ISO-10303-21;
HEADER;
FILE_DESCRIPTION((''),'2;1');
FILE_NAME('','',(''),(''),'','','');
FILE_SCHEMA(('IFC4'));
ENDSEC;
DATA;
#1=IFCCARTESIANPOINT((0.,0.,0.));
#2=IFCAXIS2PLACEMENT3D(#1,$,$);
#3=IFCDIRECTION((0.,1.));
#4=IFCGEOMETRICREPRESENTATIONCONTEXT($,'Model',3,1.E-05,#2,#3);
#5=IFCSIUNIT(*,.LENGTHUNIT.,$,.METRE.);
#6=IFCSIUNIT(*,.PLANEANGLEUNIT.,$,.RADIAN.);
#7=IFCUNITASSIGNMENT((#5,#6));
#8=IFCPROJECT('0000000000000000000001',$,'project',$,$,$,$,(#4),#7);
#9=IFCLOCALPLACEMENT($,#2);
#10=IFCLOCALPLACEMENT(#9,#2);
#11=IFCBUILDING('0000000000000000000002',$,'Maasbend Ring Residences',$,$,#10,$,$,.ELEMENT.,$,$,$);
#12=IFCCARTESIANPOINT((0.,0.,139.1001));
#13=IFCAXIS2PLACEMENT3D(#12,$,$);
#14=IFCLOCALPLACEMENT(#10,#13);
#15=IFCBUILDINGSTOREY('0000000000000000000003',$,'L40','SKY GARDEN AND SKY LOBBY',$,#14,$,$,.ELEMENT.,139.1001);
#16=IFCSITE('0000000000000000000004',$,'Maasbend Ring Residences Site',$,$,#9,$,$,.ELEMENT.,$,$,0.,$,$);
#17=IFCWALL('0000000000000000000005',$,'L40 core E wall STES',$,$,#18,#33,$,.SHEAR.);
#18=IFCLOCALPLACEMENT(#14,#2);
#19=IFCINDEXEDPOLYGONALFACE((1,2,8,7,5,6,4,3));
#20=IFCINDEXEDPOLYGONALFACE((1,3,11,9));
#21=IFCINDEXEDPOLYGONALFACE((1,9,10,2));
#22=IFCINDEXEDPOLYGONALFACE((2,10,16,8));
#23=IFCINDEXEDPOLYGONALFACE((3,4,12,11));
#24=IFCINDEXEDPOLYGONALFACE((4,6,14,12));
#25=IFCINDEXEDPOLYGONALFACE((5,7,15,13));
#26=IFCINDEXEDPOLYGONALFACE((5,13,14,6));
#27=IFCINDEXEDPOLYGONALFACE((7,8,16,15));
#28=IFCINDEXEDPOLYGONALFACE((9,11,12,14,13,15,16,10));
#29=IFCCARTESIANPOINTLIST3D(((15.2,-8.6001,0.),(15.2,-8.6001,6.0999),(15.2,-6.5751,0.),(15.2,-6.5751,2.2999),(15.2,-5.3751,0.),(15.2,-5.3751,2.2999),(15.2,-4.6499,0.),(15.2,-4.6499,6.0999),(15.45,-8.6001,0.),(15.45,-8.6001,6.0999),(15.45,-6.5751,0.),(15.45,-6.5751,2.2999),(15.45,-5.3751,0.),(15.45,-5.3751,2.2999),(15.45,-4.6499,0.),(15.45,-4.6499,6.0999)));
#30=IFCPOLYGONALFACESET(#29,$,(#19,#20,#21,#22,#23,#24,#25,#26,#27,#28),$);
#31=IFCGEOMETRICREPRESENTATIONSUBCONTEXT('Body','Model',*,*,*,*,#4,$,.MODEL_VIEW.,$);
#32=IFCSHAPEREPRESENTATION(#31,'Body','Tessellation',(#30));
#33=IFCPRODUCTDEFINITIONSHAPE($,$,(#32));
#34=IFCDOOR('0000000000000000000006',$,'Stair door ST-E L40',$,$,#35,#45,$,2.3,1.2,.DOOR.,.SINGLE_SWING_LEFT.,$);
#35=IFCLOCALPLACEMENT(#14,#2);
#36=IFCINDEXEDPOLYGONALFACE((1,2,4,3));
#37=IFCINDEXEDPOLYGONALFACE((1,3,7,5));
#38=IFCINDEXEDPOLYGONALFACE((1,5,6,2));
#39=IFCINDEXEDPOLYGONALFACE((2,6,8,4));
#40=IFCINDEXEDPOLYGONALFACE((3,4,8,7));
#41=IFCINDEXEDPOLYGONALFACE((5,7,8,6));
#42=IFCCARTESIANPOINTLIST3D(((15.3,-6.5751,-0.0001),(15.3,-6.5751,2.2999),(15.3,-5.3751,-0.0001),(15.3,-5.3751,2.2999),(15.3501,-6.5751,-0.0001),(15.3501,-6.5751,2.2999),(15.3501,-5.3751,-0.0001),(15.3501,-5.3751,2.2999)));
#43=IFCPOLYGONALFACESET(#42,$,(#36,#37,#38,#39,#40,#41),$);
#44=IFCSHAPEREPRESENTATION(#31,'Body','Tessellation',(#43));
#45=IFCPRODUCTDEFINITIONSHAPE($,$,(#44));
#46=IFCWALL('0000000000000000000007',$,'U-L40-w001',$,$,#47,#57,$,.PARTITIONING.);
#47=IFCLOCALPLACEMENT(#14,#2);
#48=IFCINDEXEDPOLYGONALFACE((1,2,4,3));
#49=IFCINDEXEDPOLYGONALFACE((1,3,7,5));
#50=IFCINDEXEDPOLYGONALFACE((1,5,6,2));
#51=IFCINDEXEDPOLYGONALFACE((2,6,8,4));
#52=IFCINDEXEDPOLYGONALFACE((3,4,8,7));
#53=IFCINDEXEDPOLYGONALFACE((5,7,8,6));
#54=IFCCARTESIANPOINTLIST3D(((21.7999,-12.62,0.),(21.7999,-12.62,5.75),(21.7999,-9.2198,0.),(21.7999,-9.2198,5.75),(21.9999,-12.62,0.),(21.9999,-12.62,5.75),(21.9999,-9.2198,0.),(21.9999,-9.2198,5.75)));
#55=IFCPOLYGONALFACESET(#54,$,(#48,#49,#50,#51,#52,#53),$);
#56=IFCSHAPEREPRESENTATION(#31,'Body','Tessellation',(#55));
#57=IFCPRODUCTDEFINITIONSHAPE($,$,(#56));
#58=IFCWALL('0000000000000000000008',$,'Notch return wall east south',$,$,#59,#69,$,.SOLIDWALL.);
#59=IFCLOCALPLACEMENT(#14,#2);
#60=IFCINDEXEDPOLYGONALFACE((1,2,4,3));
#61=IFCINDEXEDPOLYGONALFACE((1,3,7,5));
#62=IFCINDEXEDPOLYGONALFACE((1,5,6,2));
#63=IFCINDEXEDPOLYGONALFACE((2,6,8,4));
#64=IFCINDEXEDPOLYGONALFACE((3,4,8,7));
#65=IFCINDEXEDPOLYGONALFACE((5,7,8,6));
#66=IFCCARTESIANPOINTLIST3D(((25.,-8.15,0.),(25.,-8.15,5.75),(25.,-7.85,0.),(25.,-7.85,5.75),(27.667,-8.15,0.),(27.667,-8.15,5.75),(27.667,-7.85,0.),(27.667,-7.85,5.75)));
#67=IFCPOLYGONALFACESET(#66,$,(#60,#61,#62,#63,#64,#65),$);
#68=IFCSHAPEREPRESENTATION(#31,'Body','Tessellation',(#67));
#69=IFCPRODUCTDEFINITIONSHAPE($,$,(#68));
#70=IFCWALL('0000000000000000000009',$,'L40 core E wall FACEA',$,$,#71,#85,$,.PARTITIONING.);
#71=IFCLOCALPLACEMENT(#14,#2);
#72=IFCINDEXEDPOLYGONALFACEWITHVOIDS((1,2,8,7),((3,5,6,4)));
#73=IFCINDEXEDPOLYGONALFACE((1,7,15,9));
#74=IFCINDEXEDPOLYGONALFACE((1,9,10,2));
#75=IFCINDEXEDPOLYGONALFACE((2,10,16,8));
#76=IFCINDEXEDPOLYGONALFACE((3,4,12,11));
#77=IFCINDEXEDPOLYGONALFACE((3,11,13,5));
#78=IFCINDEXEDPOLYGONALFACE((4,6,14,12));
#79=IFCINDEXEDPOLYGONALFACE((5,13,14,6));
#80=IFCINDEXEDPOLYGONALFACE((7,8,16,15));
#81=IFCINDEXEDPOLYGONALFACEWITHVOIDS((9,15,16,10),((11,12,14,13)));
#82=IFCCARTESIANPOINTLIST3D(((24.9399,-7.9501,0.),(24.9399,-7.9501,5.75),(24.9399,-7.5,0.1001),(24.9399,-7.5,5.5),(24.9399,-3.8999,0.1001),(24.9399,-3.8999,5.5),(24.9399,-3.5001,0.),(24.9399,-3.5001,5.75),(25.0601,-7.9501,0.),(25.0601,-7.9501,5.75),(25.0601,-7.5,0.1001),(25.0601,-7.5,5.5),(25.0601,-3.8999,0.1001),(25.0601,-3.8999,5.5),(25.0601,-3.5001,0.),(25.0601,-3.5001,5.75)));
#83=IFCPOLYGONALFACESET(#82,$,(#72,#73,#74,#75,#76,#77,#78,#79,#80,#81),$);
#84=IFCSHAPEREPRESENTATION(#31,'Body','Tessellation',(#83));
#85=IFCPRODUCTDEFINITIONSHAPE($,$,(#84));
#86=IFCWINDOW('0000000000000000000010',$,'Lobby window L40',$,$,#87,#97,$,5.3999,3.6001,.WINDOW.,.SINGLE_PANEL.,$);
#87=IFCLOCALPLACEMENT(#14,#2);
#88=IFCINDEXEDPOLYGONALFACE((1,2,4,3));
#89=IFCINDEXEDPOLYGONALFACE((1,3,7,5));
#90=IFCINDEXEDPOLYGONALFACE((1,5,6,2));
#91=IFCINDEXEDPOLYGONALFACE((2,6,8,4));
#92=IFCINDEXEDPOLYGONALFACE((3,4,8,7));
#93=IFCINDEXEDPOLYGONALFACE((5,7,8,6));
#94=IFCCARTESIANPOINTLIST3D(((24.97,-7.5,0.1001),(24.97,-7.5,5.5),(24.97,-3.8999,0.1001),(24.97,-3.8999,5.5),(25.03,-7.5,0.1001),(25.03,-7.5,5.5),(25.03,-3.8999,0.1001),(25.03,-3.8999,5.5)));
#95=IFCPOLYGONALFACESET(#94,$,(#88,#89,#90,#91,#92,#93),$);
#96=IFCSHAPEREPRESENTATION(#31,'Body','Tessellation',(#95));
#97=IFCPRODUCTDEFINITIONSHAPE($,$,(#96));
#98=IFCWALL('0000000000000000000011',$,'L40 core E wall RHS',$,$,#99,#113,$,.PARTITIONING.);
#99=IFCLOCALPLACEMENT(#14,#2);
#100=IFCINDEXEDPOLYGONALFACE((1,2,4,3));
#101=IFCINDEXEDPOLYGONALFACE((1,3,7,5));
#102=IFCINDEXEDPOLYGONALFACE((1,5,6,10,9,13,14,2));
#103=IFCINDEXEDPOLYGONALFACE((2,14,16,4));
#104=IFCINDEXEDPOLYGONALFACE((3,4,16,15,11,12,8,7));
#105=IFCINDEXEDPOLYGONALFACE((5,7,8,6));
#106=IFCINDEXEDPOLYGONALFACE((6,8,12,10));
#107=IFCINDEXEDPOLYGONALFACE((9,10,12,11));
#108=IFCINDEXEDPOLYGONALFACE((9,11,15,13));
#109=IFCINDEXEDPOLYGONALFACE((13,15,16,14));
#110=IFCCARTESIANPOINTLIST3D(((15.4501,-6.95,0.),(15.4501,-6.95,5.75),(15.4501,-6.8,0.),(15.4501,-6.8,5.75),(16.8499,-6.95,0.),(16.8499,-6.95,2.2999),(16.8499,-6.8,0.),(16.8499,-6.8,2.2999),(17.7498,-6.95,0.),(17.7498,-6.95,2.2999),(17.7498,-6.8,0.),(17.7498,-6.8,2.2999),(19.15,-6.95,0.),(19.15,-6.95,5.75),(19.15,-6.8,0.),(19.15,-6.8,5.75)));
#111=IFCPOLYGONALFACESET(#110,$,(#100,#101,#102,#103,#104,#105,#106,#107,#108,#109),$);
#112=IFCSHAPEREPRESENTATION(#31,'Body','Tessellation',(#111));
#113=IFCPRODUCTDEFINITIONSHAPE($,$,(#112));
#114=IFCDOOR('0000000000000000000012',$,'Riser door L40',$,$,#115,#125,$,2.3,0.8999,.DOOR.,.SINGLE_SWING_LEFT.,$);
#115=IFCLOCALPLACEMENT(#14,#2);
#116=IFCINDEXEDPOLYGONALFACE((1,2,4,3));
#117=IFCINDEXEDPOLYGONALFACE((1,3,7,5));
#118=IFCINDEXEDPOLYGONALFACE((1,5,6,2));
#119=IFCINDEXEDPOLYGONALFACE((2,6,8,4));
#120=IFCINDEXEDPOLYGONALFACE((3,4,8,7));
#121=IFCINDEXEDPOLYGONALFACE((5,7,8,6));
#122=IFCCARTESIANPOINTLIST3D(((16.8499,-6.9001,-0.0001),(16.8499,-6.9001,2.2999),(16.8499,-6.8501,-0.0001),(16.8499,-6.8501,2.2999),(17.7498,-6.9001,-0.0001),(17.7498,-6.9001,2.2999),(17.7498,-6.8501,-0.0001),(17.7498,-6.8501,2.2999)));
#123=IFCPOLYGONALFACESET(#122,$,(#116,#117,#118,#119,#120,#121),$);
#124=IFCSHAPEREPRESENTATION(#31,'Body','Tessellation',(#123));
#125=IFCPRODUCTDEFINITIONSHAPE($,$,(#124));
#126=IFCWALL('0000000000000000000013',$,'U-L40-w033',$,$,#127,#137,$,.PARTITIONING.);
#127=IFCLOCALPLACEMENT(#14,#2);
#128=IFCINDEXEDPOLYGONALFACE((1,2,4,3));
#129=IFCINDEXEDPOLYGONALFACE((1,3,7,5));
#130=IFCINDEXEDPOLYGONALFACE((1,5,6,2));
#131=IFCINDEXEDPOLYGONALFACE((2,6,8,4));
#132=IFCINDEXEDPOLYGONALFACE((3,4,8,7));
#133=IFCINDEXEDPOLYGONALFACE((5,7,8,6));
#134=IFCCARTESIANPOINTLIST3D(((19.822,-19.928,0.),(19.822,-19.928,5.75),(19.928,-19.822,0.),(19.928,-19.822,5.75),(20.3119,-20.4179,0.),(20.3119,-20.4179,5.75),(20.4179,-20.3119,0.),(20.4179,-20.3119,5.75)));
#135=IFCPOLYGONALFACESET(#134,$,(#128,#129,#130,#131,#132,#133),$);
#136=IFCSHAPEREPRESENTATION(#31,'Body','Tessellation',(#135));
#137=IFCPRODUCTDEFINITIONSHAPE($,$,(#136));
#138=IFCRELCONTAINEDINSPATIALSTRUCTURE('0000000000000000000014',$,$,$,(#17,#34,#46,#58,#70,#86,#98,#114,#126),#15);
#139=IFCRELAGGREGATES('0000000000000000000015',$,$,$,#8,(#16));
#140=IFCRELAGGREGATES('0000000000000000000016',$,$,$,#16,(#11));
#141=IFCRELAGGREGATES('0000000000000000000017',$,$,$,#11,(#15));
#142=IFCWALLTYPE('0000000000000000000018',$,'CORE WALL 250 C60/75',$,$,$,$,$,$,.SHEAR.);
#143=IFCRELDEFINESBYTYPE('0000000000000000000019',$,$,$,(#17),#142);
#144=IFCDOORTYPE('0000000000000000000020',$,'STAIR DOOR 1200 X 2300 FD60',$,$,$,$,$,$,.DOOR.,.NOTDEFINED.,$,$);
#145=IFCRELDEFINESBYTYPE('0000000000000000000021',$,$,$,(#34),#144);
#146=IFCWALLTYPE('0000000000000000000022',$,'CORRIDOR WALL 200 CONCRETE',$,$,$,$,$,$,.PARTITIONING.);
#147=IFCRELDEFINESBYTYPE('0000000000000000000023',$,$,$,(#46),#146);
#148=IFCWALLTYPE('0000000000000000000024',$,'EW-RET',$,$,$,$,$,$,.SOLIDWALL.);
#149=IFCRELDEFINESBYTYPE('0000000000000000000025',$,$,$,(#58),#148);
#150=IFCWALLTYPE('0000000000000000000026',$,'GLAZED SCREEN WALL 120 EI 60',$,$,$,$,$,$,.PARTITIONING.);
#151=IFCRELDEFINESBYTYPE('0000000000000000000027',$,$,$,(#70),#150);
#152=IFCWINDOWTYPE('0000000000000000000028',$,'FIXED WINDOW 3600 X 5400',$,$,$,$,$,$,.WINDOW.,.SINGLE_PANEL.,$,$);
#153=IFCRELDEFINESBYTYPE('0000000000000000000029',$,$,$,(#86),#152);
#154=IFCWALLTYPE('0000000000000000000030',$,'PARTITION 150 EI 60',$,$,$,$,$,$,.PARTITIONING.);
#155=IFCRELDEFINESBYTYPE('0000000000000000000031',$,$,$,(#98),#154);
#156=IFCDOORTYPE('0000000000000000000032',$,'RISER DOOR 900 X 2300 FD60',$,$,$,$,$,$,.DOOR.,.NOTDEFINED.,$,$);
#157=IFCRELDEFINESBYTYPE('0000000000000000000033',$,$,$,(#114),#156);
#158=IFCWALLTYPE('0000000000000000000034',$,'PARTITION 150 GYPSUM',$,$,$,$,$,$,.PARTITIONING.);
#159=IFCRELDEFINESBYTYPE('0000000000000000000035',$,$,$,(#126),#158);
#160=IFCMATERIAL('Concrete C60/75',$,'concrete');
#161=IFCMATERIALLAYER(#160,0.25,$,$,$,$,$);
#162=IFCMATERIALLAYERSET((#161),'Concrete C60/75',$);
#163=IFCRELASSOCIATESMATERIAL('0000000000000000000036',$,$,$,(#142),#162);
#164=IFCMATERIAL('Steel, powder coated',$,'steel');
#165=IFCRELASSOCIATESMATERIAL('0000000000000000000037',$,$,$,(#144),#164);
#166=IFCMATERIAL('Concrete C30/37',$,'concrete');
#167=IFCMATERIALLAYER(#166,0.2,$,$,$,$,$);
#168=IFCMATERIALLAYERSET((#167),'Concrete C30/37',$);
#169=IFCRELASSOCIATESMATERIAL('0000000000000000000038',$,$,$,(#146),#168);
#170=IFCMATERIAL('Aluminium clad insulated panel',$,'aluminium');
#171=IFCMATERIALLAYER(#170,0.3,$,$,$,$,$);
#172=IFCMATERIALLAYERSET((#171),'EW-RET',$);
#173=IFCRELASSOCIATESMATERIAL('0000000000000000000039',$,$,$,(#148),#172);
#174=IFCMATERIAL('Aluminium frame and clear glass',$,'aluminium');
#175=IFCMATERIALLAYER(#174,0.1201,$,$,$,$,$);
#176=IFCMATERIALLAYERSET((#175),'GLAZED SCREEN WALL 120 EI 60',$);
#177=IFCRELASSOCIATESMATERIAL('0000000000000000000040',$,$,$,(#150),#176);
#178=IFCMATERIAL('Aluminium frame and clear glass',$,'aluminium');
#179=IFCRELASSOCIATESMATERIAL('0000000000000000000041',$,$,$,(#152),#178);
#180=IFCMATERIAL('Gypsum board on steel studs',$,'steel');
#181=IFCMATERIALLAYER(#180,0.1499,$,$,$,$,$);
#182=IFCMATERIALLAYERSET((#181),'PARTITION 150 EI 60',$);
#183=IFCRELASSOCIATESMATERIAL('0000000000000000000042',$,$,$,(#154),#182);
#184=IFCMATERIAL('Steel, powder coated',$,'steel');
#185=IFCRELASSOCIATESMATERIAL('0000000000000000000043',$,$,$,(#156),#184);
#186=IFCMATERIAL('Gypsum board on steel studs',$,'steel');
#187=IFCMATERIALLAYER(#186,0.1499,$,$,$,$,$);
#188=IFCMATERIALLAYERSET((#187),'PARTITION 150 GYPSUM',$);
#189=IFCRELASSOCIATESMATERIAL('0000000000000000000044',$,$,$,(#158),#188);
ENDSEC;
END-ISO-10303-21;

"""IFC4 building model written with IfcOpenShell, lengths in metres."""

from ifc_helpers import new_model, si_unit, direction, frame, frame_2d, origin, place, context, subcontext, project, spatial, rectangle, extrude, material, layer, layer_set, type_object, element, fill, save


model = new_model("IFC4")

# Units and contexts
model_context = context("Model", 3, precision=1e-05, world=origin(), true_north=direction((0.0, 1.0)))
body_context = subcontext(model_context, "Body", "Model", "MODEL_VIEW")
ifc_project = project(units=[si_unit("LENGTHUNIT", "METRE"), si_unit("PLANEANGLEUNIT", "RADIAN")], contexts=[model_context])

# Site, building, storey
site_placement = place(None, origin())
site = spatial("IfcSite", under=ifc_project, at=site_placement, Name="Maasbend Ring Residences Site", CompositionType="ELEMENT", RefElevation=0.0)
building_placement = place(site_placement, origin())
building = spatial("IfcBuilding", under=site, at=building_placement, Name="Maasbend Ring Residences", CompositionType="ELEMENT")
storey_placement = place(building_placement, frame((0.0, 0.0, 139.1001)))
storey = spatial("IfcBuildingStorey", under=building, at=storey_placement, Name="L40", Description="SKY GARDEN AND SKY LOBBY", CompositionType="ELEMENT", Elevation=139.1001)

# Wall, opening, door
ifc_material_1 = material(Name="Concrete C60/75", Category="concrete")
ifc_layer_1 = layer(ifc_material_1, 0.25)
ifc_layer_set_1 = layer_set([ifc_layer_1], Name="Concrete C60/75")
wall_type_1 = type_object("IfcWallType", Name="CORE WALL 250 C60/75", PredefinedType="SHEAR", material=ifc_layer_set_1)
wall_1_placement = place(storey_placement, frame((15.325, -8.6001, 0.0), z_axis=(0.0, 0.0, 1.0), x_axis=(0.0, 1.0, 0.0)))
wall_1 = element("IfcWall", 1, at=wall_1_placement, inside=storey, type_object=wall_type_1, Name="L40 core E wall STES", PredefinedType="SHEAR", context=body_context, shape_type="SweptSolid", body=[
    extrude(rectangle(XDim=3.9502, YDim=0.25, at=frame_2d((1.9751, 0.0))), origin(), (0.0, 0.0, 1.0), 6.0999),
])
opening_1_placement = place(wall_1_placement, frame((2.0249, 0.0, 0.0)))
opening_1 = element("IfcOpeningElement", 2, at=opening_1_placement, cuts=wall_1, PredefinedType="OPENING", context=body_context, shape_type="SweptSolid", body=[
    extrude(rectangle(XDim=1.2, YDim=2.3, at=frame_2d((0.6001, 1.1499))), frame((0.0, 0.135, 0.0), z_axis=(0.0, -1.0, 0.0), x_axis=(1.0, 0.0, 0.0)), (0.0, 0.0, 1.0), 0.27),
])
ifc_material_2 = material(Name="Steel, powder coated", Category="steel")
door_type_1 = type_object("IfcDoorType", Name="STAIR DOOR 1200 X 2300 FD60", OperationType="NOTDEFINED", PredefinedType="DOOR", material=ifc_material_2)
door_1_placement = place(opening_1_placement, origin())
door_1 = element("IfcDoor", 3, at=door_1_placement, inside=storey, type_object=door_type_1, Name="Stair door ST-E L40", OperationType="SINGLE_SWING_LEFT", OverallHeight=2.3, OverallWidth=1.2, PredefinedType="DOOR", context=body_context, shape_type="SweptSolid", body=[
    extrude(rectangle(XDim=1.2, YDim=2.3, at=frame_2d((0.6001, 1.1499))), frame((0.0, 0.0249, 0.0), z_axis=(0.0, -1.0, 0.0), x_axis=(1.0, 0.0, 0.0)), (0.0, 0.0, 1.0), 0.05),
])
fill(opening_1, door_1)

# Walls
ifc_material_3 = material(Name="Concrete C30/37", Category="concrete")
ifc_layer_2 = layer(ifc_material_3, 0.2)
ifc_layer_set_2 = layer_set([ifc_layer_2], Name="Concrete C30/37")
wall_type_2 = type_object("IfcWallType", Name="CORRIDOR WALL 200 CONCRETE", PredefinedType="PARTITIONING", material=ifc_layer_set_2)
wall_2_placement = place(storey_placement, frame((21.8999, -12.6201, 0.0), z_axis=(0.0, 0.0, 1.0), x_axis=(0.0, 1.0, 0.0)))
element("IfcWall", 4, at=wall_2_placement, inside=storey, type_object=wall_type_2, Name="U-L40-w001", PredefinedType="PARTITIONING", context=body_context, shape_type="SweptSolid", body=[
    extrude(rectangle(XDim=3.4001, YDim=0.2, at=frame_2d((1.7002, 0.0))), origin(), (0.0, 0.0, 1.0), 5.75),
])
ifc_material_4 = material(Name="Aluminium clad insulated panel", Category="aluminium")
ifc_layer_3 = layer(ifc_material_4, 0.3)
ifc_layer_set_3 = layer_set([ifc_layer_3], Name="EW-RET")
wall_type_3 = type_object("IfcWallType", Name="EW-RET", PredefinedType="SOLIDWALL", material=ifc_layer_set_3)
wall_3_placement = place(storey_placement, frame((25.0, -8.0, 0.0), z_axis=(0.0, 0.0, 1.0), x_axis=(1.0, 0.0, 0.0)))
element("IfcWall", 5, at=wall_3_placement, inside=storey, type_object=wall_type_3, Name="Notch return wall east south", PredefinedType="SOLIDWALL", context=body_context, shape_type="SweptSolid", body=[
    extrude(rectangle(XDim=2.667, YDim=0.3, at=frame_2d((1.3335, 0.0))), origin(), (0.0, 0.0, 1.0), 5.75),
])

# Wall, opening, window
ifc_material_5 = material(Name="Aluminium frame and clear glass", Category="aluminium")
ifc_layer_4 = layer(ifc_material_5, 0.1201)
ifc_layer_set_4 = layer_set([ifc_layer_4], Name="GLAZED SCREEN WALL 120 EI 60")
wall_type_4 = type_object("IfcWallType", Name="GLAZED SCREEN WALL 120 EI 60", PredefinedType="PARTITIONING", material=ifc_layer_set_4)
wall_4_placement = place(storey_placement, frame((25.0, -3.5, 0.0), z_axis=(0.0, 0.0, 1.0), x_axis=(0.0, -1.0, 0.0)))
wall_4 = element("IfcWall", 6, at=wall_4_placement, inside=storey, type_object=wall_type_4, Name="L40 core E wall FACEA", PredefinedType="PARTITIONING", context=body_context, shape_type="SweptSolid", body=[
    extrude(rectangle(XDim=4.45, YDim=0.1201, at=frame_2d((2.2251, 0.0))), origin(), (0.0, 0.0, 1.0), 5.75),
])
opening_2_placement = place(wall_4_placement, frame((0.3999, 0.0, 0.1001)))
opening_2 = element("IfcOpeningElement", 7, at=opening_2_placement, cuts=wall_4, PredefinedType="OPENING", context=body_context, shape_type="SweptSolid", body=[
    extrude(rectangle(XDim=3.6001, YDim=5.3999, at=frame_2d((1.8, 2.7))), frame((0.0, 0.0701, 0.0), z_axis=(0.0, -1.0, 0.0), x_axis=(1.0, 0.0, 0.0)), (0.0, 0.0, 1.0), 0.1401),
])
ifc_material_6 = material(Name="Aluminium frame and clear glass", Category="aluminium")
window_type = type_object("IfcWindowType", Name="FIXED WINDOW 3600 X 5400", PartitioningType="SINGLE_PANEL", PredefinedType="WINDOW", material=ifc_material_6)
window_placement = place(opening_2_placement, origin())
window = element("IfcWindow", 8, at=window_placement, inside=storey, type_object=window_type, Name="Lobby window L40", OverallHeight=5.3999, OverallWidth=3.6001, PartitioningType="SINGLE_PANEL", PredefinedType="WINDOW", context=body_context, shape_type="SweptSolid", body=[
    extrude(rectangle(XDim=3.6001, YDim=5.3999, at=frame_2d((1.8, 2.7))), frame((0.0, 0.03, 0.0), z_axis=(0.0, -1.0, 0.0), x_axis=(1.0, 0.0, 0.0)), (0.0, 0.0, 1.0), 0.0601),
])
fill(opening_2, window)

# Wall, opening, door
ifc_material_7 = material(Name="Gypsum board on steel studs", Category="steel")
ifc_layer_5 = layer(ifc_material_7, 0.1499)
ifc_layer_set_5 = layer_set([ifc_layer_5], Name="PARTITION 150 EI 60")
wall_type_5 = type_object("IfcWallType", Name="PARTITION 150 EI 60", PredefinedType="PARTITIONING", material=ifc_layer_set_5)
wall_5_placement = place(storey_placement, frame((15.45, -6.875, 0.0), z_axis=(0.0, 0.0, 1.0), x_axis=(1.0, 0.0, 0.0)))
wall_5 = element("IfcWall", 9, at=wall_5_placement, inside=storey, type_object=wall_type_5, Name="L40 core E wall RHS", PredefinedType="PARTITIONING", context=body_context, shape_type="SweptSolid", body=[
    extrude(rectangle(XDim=3.7, YDim=0.1499, at=frame_2d((1.8501, 0.0))), origin(), (0.0, 0.0, 1.0), 5.75),
])
opening_3_placement = place(wall_5_placement, frame((1.3999, 0.0, 0.0)))
opening_3 = element("IfcOpeningElement", 10, at=opening_3_placement, cuts=wall_5, PredefinedType="OPENING", context=body_context, shape_type="SweptSolid", body=[
    extrude(rectangle(XDim=0.8999, YDim=2.3, at=frame_2d((0.45, 1.1499))), frame((0.0, 0.085, 0.0), z_axis=(0.0, -1.0, 0.0), x_axis=(1.0, 0.0, 0.0)), (0.0, 0.0, 1.0), 0.1699),
])
ifc_material_8 = material(Name="Steel, powder coated", Category="steel")
door_type_2 = type_object("IfcDoorType", Name="RISER DOOR 900 X 2300 FD60", OperationType="NOTDEFINED", PredefinedType="DOOR", material=ifc_material_8)
door_2_placement = place(opening_3_placement, origin())
door_2 = element("IfcDoor", 11, at=door_2_placement, inside=storey, type_object=door_type_2, Name="Riser door L40", OperationType="SINGLE_SWING_LEFT", OverallHeight=2.3, OverallWidth=0.8999, PredefinedType="DOOR", context=body_context, shape_type="SweptSolid", body=[
    extrude(rectangle(XDim=0.8999, YDim=2.3, at=frame_2d((0.45, 1.1499))), frame((0.0, 0.0249, 0.0), z_axis=(0.0, -1.0, 0.0), x_axis=(1.0, 0.0, 0.0)), (0.0, 0.0, 1.0), 0.05),
])
fill(opening_3, door_2)

# Wall
ifc_material_9 = material(Name="Gypsum board on steel studs", Category="steel")
ifc_layer_6 = layer(ifc_material_9, 0.1499)
ifc_layer_set_6 = layer_set([ifc_layer_6], Name="PARTITION 150 GYPSUM")
wall_type_6 = type_object("IfcWallType", Name="PARTITION 150 GYPSUM", PredefinedType="PARTITIONING", material=ifc_layer_set_6)
wall_6_placement = place(storey_placement, frame((19.875, -19.875, 0.0), z_axis=(0.0, 0.0, 1.0), x_axis=(0.707107, -0.707107, 0.0)))
element("IfcWall", 12, at=wall_6_placement, inside=storey, type_object=wall_type_6, Name="U-L40-w033", PredefinedType="PARTITIONING", context=body_context, shape_type="SweptSolid", body=[
    extrude(rectangle(XDim=0.6929, YDim=0.1499, at=frame_2d((0.3464, 0.0))), origin(), (0.0, 0.0, 1.0), 5.75),
])

save(model, "model.ifc")
